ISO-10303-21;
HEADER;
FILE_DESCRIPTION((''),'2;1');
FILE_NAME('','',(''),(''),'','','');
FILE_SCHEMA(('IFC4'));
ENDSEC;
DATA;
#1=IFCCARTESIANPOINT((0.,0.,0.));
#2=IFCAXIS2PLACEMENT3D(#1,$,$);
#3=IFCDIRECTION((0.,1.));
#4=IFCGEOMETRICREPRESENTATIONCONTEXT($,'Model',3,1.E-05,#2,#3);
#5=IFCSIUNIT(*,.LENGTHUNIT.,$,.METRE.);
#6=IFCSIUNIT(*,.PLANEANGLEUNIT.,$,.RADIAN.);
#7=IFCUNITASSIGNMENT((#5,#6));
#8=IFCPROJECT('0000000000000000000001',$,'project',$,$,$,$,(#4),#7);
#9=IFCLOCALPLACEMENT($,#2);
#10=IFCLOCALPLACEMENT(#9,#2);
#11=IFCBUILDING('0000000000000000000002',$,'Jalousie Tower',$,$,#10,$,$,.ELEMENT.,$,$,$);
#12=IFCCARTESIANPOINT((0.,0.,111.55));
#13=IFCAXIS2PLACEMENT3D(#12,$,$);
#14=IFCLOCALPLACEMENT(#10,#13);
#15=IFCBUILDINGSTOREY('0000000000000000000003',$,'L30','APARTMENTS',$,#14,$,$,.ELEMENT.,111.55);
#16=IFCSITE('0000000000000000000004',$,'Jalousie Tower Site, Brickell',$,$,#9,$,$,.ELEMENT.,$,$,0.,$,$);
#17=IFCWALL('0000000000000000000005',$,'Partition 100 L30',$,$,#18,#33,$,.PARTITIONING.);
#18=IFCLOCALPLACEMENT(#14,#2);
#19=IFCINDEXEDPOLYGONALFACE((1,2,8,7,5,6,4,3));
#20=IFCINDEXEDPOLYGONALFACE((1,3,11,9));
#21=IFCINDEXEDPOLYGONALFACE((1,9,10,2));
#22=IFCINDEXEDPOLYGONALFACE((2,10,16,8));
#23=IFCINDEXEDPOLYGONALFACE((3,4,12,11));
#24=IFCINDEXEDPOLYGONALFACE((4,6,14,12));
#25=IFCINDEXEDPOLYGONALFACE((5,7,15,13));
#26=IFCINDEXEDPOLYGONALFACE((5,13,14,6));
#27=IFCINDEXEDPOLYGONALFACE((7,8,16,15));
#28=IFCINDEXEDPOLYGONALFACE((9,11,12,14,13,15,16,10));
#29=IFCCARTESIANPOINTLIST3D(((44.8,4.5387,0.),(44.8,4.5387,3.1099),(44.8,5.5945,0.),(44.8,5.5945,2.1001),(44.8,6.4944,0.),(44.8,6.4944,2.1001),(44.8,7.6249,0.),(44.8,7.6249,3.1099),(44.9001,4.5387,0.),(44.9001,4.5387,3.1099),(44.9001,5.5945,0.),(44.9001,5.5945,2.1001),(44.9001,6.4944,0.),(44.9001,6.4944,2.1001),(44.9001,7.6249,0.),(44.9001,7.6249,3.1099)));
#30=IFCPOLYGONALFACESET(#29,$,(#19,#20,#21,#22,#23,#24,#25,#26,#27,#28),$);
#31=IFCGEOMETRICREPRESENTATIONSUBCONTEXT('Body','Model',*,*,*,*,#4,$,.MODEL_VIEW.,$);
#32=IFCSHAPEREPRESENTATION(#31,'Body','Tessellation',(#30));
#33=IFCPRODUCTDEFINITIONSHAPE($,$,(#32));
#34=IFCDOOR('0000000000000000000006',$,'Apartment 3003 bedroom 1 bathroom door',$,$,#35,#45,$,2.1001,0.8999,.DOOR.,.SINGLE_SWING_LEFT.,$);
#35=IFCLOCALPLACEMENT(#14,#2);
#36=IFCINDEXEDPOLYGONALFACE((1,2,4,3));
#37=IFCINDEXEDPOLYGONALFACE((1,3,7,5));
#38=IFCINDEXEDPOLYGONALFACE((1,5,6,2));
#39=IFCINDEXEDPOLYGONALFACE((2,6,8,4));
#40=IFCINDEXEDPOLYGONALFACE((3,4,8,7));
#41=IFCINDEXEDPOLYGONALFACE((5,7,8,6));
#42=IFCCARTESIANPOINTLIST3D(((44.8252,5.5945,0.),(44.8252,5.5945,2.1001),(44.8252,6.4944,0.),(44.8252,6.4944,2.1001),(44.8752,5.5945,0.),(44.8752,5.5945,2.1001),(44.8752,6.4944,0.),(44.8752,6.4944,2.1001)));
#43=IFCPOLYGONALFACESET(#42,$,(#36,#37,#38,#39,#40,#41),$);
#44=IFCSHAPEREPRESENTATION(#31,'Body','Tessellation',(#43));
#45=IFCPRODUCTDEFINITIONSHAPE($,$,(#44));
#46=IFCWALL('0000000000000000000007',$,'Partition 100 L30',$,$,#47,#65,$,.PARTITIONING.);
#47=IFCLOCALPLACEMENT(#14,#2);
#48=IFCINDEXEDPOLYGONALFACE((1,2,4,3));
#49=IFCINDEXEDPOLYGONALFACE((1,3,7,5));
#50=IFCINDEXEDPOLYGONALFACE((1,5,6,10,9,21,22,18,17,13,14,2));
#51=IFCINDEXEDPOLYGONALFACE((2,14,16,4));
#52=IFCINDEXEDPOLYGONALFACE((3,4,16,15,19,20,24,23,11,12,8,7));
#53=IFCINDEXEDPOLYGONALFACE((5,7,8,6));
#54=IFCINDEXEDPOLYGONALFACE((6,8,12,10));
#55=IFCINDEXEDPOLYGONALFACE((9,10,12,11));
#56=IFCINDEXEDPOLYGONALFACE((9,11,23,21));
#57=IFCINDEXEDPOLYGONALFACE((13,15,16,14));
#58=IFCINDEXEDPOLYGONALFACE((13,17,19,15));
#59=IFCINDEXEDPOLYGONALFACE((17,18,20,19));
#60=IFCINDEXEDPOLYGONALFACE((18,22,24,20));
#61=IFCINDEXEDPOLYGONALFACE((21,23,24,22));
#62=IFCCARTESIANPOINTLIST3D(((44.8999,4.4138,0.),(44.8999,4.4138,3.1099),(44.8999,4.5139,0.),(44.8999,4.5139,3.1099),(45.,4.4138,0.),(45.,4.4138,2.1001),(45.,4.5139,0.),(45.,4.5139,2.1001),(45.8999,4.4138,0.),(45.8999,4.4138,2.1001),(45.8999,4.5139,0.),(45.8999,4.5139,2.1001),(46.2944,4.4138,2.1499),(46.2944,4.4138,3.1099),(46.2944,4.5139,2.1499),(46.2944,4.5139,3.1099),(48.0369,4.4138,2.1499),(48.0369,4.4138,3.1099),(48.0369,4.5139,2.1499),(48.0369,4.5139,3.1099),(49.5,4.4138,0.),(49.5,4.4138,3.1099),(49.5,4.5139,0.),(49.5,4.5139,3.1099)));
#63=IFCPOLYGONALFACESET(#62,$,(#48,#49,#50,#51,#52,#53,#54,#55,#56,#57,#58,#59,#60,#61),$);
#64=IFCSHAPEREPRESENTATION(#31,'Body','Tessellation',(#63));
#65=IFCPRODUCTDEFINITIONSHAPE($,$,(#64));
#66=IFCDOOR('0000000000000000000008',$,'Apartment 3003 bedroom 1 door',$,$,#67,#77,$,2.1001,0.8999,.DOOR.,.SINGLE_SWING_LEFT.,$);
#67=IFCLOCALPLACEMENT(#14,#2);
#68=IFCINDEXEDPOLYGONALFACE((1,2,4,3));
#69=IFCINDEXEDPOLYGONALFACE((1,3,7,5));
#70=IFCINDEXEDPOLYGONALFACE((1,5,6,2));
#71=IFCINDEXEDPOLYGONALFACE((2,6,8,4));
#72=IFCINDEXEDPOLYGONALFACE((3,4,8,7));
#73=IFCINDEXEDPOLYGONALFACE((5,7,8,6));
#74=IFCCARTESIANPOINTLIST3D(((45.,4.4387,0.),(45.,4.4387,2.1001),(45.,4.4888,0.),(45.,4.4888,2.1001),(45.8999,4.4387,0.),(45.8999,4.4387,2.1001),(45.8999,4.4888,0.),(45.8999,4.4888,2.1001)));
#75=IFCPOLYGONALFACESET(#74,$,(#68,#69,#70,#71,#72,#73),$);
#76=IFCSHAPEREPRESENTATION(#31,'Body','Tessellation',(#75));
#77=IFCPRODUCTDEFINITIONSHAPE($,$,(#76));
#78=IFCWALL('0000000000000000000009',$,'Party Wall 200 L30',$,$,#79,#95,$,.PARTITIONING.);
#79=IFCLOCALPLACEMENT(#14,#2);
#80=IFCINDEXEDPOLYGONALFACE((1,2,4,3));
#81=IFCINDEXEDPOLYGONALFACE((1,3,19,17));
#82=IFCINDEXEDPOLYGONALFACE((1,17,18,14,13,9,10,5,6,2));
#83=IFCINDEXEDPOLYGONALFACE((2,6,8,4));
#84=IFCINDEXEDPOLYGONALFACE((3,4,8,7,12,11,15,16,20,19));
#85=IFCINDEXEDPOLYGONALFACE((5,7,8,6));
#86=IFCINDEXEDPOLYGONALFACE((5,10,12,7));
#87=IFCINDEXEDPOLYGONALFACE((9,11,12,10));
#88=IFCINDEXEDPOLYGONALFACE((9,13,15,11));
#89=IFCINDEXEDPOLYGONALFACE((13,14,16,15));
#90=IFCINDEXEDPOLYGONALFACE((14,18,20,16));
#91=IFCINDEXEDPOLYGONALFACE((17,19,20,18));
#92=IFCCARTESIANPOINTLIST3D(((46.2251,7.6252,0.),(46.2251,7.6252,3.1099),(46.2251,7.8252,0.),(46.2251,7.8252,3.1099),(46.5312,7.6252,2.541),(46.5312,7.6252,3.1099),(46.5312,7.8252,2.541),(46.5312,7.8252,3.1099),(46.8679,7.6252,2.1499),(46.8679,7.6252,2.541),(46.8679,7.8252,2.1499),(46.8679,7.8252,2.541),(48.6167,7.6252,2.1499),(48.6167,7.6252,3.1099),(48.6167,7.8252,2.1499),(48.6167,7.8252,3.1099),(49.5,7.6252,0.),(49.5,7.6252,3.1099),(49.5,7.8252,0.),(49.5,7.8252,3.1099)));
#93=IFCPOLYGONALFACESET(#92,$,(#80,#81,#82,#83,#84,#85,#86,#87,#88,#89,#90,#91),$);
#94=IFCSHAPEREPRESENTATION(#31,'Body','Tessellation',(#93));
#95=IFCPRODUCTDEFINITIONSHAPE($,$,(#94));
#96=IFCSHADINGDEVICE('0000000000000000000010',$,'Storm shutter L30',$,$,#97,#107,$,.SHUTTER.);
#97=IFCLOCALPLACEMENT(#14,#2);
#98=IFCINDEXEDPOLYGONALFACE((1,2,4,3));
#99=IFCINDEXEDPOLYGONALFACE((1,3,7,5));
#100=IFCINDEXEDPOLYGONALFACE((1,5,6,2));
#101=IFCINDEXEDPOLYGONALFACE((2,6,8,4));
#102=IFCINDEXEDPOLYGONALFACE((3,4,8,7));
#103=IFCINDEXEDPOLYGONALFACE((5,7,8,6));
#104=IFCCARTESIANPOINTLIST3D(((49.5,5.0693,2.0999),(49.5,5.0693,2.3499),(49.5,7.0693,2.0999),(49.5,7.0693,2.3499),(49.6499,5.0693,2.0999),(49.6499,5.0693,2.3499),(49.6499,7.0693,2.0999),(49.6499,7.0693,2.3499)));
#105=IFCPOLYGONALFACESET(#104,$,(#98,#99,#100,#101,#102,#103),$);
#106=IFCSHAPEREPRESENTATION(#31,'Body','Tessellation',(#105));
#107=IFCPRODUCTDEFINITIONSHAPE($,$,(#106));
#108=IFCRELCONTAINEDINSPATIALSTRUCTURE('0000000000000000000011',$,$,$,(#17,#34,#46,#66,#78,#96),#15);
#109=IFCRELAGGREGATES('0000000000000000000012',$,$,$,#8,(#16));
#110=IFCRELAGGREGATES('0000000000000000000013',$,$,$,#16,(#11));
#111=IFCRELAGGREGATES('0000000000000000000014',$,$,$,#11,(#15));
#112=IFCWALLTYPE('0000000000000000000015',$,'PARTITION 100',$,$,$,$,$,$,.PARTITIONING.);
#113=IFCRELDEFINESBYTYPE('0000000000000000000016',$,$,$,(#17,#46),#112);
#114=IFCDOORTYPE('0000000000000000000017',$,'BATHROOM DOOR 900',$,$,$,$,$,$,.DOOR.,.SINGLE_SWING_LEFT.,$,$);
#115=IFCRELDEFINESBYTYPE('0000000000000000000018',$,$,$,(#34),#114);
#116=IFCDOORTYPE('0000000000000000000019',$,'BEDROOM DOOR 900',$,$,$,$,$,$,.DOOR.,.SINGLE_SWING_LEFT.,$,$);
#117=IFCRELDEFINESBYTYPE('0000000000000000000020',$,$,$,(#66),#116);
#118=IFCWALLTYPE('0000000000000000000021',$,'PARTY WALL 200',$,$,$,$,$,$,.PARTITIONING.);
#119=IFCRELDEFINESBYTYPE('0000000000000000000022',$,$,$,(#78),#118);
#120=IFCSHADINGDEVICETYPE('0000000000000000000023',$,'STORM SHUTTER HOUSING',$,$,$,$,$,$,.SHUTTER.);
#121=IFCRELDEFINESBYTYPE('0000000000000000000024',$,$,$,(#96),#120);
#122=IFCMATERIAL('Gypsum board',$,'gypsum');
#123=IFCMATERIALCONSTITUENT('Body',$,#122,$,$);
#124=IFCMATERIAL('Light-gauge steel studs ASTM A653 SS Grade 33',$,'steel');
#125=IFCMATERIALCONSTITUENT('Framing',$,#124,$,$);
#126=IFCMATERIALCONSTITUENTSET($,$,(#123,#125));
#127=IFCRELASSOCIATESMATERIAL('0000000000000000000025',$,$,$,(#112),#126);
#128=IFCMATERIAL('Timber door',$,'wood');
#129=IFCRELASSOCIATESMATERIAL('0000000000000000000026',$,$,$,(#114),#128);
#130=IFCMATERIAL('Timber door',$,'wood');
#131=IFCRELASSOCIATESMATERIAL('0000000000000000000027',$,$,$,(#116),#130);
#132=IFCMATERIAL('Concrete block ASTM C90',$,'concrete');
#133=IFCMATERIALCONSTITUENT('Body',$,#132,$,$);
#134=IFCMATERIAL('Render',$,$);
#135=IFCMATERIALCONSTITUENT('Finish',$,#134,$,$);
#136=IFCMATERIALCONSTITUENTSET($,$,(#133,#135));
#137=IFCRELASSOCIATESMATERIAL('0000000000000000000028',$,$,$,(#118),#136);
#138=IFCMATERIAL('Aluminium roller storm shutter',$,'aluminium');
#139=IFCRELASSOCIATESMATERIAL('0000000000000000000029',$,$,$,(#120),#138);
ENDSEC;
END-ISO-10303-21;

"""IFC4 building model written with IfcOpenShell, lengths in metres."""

from ifc_helpers import new_model, si_unit, direction, frame, frame_2d, origin, origin_2d, place, context, subcontext, project, spatial, polyline, rectangle, outline, extrude, material, constituent, constituent_set, type_object, element, fill, save


model = new_model("IFC4")

# Units and contexts
model_context = context("Model", 3, precision=1e-05, world=origin(), true_north=direction((0.0, 1.0)))
body_context = subcontext(model_context, "Body", "Model", "MODEL_VIEW")
ifc_project = project(units=[si_unit("LENGTHUNIT", "METRE"), si_unit("PLANEANGLEUNIT", "RADIAN")], contexts=[model_context])

# Site, building, storey
site_placement = place(None, origin())
site = spatial("IfcSite", under=ifc_project, at=site_placement, Name="Jalousie Tower Site, Brickell", CompositionType="ELEMENT", RefElevation=0.0)
building_placement = place(site_placement, origin())
building = spatial("IfcBuilding", under=site, at=building_placement, Name="Jalousie Tower", CompositionType="ELEMENT")
storey_placement = place(building_placement, frame((0.0, 0.0, 111.55)))
storey = spatial("IfcBuildingStorey", under=building, at=storey_placement, Name="L30", Description="APARTMENTS", CompositionType="ELEMENT", Elevation=111.55)

# Walls, openings, doors
ifc_material_1 = material(Name="Gypsum board", Category="gypsum")
ifc_constituent_1 = constituent(ifc_material_1, Name="Body")
ifc_material_2 = material(Name="Light-gauge steel studs ASTM A653 SS Grade 33", Category="steel")
ifc_constituent_2 = constituent(ifc_material_2, Name="Framing")
ifc_constituent_set_1 = constituent_set(constituents=[ifc_constituent_1, ifc_constituent_2])
wall_type_1 = type_object("IfcWallType", Name="PARTITION 100", PredefinedType="PARTITIONING", material=ifc_constituent_set_1)
wall_1_placement = place(storey_placement, frame((44.8501, 4.5388, 0.0), z_axis=(0.0, 0.0, 1.0), x_axis=(0.0, 1.0, 0.0)))
wall_1 = element("IfcWall", 1, at=wall_1_placement, inside=storey, type_object=wall_type_1, Name="Partition 100 L30", PredefinedType="PARTITIONING", context=body_context, shape_type="SweptSolid", body=[
    extrude(rectangle(XDim=3.0862, YDim=0.1001, at=frame_2d((1.543, 0.0))), origin(), (0.0, 0.0, 1.0), 3.1099),
])
opening_1_placement = place(wall_1_placement, frame((1.0557, 0.0, 0.0)))
opening_1 = element("IfcOpeningElement", 2, at=opening_1_placement, cuts=wall_1, PredefinedType="OPENING", context=body_context, shape_type="SweptSolid", body=[
    extrude(rectangle(XDim=0.8999, YDim=2.1001, at=frame_2d((0.45, 1.05))), frame((0.0, 0.0601, 0.0), z_axis=(0.0, -1.0, 0.0), x_axis=(1.0, 0.0, 0.0)), (0.0, 0.0, 1.0), 0.1201),
])
ifc_material_3 = material(Name="Timber door", Category="wood")
door_type_1 = type_object("IfcDoorType", Name="BATHROOM DOOR 900", OperationType="SINGLE_SWING_LEFT", PredefinedType="DOOR", material=ifc_material_3)
door_1_placement = place(opening_1_placement, origin())
door_1 = element("IfcDoor", 3, at=door_1_placement, inside=storey, type_object=door_type_1, Name="Apartment 3003 bedroom 1 bathroom door", OperationType="SINGLE_SWING_LEFT", OverallHeight=2.1001, OverallWidth=0.8999, PredefinedType="DOOR", context=body_context, shape_type="SweptSolid", body=[
    extrude(rectangle(XDim=0.8999, YDim=2.1001, at=frame_2d((0.45, 1.05))), frame((0.0, 0.0249, 0.0), z_axis=(0.0, -1.0, 0.0), x_axis=(1.0, 0.0, 0.0)), (0.0, 0.0, 1.0), 0.05),
])
fill(opening_1, door_1)
wall_2_placement = place(storey_placement, frame((44.8999, 4.4639, 0.0), z_axis=(0.0, 0.0, 1.0), x_axis=(1.0, 0.0, 0.0)))
wall_2 = element("IfcWall", 4, at=wall_2_placement, inside=storey, type_object=wall_type_1, Name="Partition 100 L30", PredefinedType="PARTITIONING", context=body_context, shape_type="SweptSolid", body=[
    extrude(outline(polyline([(0.0, 0.0), (4.6001, 0.0), (4.6001, 3.1099), (3.137, 3.1099), (3.137, 2.1499), (1.3945, 2.1499), (1.3945, 3.1099), (0.0, 3.1099), (0.0, 0.0)])), frame((0.0, 0.05, 0.0), z_axis=(0.0, -1.0, 0.0), x_axis=(1.0, 0.0, 0.0)), (0.0, 0.0, 1.0), 0.1001),
])
opening_2_placement = place(wall_2_placement, frame((0.1001, 0.0, 0.0)))
opening_2 = element("IfcOpeningElement", 5, at=opening_2_placement, cuts=wall_2, PredefinedType="OPENING", context=body_context, shape_type="SweptSolid", body=[
    extrude(rectangle(XDim=0.8999, YDim=2.1001, at=frame_2d((0.45, 1.05))), frame((0.0, 0.0601, 0.0), z_axis=(0.0, -1.0, 0.0), x_axis=(1.0, 0.0, 0.0)), (0.0, 0.0, 1.0), 0.1201),
])
ifc_material_4 = material(Name="Timber door", Category="wood")
door_type_2 = type_object("IfcDoorType", Name="BEDROOM DOOR 900", OperationType="SINGLE_SWING_LEFT", PredefinedType="DOOR", material=ifc_material_4)
door_2_placement = place(opening_2_placement, origin())
door_2 = element("IfcDoor", 6, at=door_2_placement, inside=storey, type_object=door_type_2, Name="Apartment 3003 bedroom 1 door", OperationType="SINGLE_SWING_LEFT", OverallHeight=2.1001, OverallWidth=0.8999, PredefinedType="DOOR", context=body_context, shape_type="SweptSolid", body=[
    extrude(rectangle(XDim=0.8999, YDim=2.1001, at=frame_2d((0.45, 1.05))), frame((0.0, 0.0249, 0.0), z_axis=(0.0, -1.0, 0.0), x_axis=(1.0, 0.0, 0.0)), (0.0, 0.0, 1.0), 0.05),
])
fill(opening_2, door_2)

# Wall
ifc_material_5 = material(Name="Concrete block ASTM C90", Category="concrete")
ifc_constituent_3 = constituent(ifc_material_5, Name="Body")
ifc_material_6 = material(Name="Render")
ifc_constituent_4 = constituent(ifc_material_6, Name="Finish")
ifc_constituent_set_2 = constituent_set(constituents=[ifc_constituent_3, ifc_constituent_4])
wall_type_2 = type_object("IfcWallType", Name="PARTY WALL 200", PredefinedType="PARTITIONING", material=ifc_constituent_set_2)
wall_3_placement = place(storey_placement, frame((46.2251, 7.7251, 0.0), z_axis=(0.0, 0.0, 1.0), x_axis=(1.0, 0.0, 0.0)))
element("IfcWall", 7, at=wall_3_placement, inside=storey, type_object=wall_type_2, Name="Party Wall 200 L30", PredefinedType="PARTITIONING", context=body_context, shape_type="SweptSolid", body=[
    extrude(outline(polyline([(0.0, 0.0), (3.2749, 0.0), (3.2749, 3.1099), (2.3916, 3.1099), (2.3916, 2.1499), (0.6428, 2.1499), (0.6428, 2.541), (0.3062, 2.541), (0.3062, 3.1099), (0.0, 3.1099), (0.0, 0.0)])), frame((0.0, 0.1001, 0.0), z_axis=(0.0, -1.0, 0.0), x_axis=(1.0, 0.0, 0.0)), (0.0, 0.0, 1.0), 0.2),
])

# Shading device
ifc_material_7 = material(Name="Aluminium roller storm shutter", Category="aluminium")
shading_device_type = type_object("IfcShadingDeviceType", Name="STORM SHUTTER HOUSING", PredefinedType="SHUTTER", material=ifc_material_7)
shading_device_placement = place(storey_placement, frame((49.575, 6.0693, 2.0999), z_axis=(0.0, 0.0, 1.0), x_axis=(0.0, 1.0, 0.0)))
element("IfcShadingDevice", 8, at=shading_device_placement, inside=storey, type_object=shading_device_type, Name="Storm shutter L30", PredefinedType="SHUTTER", context=body_context, shape_type="SweptSolid", body=[
    extrude(rectangle(XDim=2.0, YDim=0.1499, at=origin_2d()), origin(), (0.0, 0.0, 1.0), 0.25),
])

save(model, "model.ifc")
